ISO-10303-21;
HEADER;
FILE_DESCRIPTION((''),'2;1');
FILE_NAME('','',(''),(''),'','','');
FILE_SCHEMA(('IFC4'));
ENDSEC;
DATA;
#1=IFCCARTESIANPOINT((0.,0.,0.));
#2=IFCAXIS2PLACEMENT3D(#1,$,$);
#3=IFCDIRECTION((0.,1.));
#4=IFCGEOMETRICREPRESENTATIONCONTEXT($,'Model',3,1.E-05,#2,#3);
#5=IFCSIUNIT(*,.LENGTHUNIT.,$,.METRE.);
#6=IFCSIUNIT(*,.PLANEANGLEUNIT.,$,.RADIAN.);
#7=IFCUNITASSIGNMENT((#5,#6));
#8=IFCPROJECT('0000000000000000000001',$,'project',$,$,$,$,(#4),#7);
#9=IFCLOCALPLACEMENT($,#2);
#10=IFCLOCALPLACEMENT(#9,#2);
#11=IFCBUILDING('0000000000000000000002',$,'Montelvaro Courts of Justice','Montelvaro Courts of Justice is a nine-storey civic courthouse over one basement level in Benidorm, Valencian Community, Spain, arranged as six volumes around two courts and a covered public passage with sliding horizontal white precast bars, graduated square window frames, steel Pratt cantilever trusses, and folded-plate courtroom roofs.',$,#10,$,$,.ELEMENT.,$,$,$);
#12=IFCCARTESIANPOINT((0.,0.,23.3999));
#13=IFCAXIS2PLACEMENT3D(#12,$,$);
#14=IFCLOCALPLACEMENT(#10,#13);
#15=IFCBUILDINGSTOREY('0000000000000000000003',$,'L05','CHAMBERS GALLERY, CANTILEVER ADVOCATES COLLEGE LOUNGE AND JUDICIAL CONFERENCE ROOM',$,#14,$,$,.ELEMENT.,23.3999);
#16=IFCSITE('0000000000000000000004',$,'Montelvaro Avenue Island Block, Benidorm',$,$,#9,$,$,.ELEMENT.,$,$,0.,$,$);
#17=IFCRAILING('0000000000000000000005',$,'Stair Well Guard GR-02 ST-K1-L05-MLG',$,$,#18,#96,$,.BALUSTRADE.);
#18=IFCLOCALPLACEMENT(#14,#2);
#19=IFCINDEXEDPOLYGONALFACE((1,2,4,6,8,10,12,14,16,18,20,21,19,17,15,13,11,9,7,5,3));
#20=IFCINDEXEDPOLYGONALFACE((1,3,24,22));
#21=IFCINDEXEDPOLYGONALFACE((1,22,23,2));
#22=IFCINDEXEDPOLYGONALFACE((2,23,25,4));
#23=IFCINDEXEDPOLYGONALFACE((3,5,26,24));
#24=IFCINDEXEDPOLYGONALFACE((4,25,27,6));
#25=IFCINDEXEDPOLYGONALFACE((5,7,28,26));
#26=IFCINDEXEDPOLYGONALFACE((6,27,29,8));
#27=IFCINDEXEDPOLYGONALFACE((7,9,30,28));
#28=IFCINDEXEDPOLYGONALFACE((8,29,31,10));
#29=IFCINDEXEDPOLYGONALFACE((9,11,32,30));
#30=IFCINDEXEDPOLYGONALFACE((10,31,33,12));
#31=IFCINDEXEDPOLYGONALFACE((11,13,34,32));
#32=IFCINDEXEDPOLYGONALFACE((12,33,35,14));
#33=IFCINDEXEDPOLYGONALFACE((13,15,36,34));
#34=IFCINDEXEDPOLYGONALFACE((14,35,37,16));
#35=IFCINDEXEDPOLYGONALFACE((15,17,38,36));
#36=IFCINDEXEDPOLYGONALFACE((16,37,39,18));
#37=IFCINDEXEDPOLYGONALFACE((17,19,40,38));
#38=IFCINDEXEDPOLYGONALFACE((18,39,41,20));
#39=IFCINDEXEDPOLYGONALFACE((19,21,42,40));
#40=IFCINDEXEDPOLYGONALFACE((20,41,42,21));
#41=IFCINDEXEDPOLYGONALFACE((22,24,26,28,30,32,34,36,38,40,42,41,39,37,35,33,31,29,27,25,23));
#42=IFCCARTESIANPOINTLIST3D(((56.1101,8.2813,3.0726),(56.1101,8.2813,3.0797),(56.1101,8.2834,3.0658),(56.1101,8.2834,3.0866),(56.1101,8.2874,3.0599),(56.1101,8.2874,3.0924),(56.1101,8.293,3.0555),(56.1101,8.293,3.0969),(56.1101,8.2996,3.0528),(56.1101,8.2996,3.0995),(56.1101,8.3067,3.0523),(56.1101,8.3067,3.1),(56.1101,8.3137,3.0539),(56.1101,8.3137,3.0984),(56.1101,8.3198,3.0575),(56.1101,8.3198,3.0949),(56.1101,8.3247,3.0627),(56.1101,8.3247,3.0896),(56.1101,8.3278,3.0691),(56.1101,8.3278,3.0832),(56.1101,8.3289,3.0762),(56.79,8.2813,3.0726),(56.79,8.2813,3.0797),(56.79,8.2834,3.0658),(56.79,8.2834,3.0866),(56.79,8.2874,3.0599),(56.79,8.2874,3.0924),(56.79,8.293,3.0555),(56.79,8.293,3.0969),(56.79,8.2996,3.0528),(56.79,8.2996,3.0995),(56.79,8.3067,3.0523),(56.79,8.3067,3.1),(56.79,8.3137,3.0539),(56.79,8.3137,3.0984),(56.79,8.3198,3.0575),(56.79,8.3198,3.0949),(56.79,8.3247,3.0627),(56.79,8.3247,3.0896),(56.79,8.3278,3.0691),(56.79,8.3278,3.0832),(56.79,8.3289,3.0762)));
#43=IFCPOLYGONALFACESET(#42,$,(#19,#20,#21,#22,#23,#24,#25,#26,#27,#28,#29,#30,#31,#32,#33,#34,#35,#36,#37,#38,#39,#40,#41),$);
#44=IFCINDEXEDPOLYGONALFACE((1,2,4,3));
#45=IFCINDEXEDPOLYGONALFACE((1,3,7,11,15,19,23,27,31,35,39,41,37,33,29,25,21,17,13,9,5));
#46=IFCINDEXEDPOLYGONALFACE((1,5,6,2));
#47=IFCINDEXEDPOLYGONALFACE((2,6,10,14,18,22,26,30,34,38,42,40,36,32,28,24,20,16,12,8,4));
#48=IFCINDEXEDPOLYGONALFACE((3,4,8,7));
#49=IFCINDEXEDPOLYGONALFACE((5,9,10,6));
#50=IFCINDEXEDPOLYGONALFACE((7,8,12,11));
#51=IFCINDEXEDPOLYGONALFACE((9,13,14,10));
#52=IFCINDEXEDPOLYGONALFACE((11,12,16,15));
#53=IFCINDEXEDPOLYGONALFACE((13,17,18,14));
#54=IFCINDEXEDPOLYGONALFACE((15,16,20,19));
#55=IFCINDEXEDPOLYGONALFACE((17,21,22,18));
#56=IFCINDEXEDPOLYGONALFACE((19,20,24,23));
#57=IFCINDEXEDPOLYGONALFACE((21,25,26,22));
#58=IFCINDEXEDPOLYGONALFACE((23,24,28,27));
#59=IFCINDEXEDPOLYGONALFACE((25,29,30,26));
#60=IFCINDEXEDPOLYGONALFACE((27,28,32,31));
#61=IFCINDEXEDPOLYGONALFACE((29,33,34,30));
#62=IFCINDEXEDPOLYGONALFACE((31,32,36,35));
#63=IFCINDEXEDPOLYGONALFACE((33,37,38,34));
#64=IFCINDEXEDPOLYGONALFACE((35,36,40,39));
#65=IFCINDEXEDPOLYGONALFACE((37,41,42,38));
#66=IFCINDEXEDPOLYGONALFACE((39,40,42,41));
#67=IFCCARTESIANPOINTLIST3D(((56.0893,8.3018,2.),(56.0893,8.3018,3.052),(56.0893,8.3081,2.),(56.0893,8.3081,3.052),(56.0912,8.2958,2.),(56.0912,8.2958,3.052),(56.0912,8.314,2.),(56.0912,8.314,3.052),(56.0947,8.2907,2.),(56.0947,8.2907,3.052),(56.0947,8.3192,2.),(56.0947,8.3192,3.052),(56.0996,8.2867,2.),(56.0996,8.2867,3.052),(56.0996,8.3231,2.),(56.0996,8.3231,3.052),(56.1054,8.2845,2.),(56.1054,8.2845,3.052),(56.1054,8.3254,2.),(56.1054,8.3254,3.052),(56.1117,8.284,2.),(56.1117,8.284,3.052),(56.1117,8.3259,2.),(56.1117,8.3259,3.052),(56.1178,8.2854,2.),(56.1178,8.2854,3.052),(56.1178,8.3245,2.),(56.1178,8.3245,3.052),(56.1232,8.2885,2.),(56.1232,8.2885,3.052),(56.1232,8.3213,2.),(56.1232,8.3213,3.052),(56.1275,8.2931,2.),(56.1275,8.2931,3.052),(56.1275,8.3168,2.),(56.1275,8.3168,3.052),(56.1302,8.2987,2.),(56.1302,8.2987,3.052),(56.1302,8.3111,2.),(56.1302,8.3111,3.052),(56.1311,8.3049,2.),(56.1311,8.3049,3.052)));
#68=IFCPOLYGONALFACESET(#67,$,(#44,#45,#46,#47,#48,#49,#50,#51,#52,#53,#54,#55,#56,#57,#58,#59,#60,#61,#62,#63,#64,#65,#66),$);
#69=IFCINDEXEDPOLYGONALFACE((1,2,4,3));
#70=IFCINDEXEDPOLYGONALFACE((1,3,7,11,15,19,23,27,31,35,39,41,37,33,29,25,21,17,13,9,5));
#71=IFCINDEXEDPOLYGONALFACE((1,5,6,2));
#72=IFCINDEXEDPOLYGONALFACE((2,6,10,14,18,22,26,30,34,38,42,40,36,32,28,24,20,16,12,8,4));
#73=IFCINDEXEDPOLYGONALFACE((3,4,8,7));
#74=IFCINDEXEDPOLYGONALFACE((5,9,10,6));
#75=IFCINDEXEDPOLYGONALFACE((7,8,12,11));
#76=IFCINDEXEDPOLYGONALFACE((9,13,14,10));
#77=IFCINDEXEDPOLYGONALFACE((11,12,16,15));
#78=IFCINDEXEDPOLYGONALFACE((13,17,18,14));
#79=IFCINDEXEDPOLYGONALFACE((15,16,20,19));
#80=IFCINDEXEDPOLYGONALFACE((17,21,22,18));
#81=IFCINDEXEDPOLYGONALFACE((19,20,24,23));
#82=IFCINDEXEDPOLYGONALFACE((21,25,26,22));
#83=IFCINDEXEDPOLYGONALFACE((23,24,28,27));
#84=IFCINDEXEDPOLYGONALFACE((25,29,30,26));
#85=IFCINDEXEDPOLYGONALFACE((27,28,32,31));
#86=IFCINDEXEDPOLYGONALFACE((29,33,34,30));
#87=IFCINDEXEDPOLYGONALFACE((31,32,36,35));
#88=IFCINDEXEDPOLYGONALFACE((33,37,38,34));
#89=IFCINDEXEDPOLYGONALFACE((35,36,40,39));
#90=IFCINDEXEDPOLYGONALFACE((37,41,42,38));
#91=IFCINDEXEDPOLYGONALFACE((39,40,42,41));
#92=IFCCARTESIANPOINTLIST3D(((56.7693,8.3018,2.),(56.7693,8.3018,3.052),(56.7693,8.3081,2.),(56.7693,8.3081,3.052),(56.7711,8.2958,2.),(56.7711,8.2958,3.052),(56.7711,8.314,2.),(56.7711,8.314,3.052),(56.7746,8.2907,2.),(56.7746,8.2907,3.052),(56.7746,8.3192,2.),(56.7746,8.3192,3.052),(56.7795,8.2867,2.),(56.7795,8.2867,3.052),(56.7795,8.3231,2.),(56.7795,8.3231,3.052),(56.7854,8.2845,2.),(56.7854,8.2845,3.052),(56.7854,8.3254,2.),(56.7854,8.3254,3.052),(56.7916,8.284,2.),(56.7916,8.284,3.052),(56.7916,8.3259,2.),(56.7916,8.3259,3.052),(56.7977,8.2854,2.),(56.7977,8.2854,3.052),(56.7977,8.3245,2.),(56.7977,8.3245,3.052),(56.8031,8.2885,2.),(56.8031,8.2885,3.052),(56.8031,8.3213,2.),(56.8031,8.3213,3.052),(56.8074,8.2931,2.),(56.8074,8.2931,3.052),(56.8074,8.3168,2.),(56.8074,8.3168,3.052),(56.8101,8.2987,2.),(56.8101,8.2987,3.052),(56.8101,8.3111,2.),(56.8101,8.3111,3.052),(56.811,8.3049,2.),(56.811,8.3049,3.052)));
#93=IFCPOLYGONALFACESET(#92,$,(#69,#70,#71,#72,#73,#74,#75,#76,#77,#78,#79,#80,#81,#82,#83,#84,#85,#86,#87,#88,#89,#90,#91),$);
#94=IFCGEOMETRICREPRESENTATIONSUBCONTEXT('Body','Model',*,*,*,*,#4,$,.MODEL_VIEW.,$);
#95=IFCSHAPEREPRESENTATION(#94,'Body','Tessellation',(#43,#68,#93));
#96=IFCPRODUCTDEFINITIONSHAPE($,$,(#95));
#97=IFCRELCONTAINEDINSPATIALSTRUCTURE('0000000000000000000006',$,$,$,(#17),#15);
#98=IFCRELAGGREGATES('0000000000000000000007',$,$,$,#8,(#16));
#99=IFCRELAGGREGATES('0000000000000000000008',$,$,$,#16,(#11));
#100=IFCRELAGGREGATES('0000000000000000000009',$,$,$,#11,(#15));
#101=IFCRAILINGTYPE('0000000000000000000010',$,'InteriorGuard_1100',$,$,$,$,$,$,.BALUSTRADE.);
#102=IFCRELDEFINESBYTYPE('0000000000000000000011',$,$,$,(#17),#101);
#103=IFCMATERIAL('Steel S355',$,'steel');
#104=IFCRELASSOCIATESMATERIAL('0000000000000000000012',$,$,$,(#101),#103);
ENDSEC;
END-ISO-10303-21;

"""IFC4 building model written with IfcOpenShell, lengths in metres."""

from ifc_helpers import new_model, si_unit, direction, frame, origin, origin_2d, place, context, subcontext, project, spatial, circle, extrude, material, type_object, element, save


model = new_model("IFC4")

# Units and contexts
model_context = context("Model", 3, precision=1e-05, world=origin(), true_north=direction((0.0, 1.0)))
body_context = subcontext(model_context, "Body", "Model", "MODEL_VIEW")
ifc_project = project(units=[si_unit("LENGTHUNIT", "METRE"), si_unit("PLANEANGLEUNIT", "RADIAN")], contexts=[model_context])

# Site, building, storey
site_placement = place(None, origin())
site = spatial("IfcSite", under=ifc_project, at=site_placement, Name="Montelvaro Avenue Island Block, Benidorm", CompositionType="ELEMENT", RefElevation=0.0)
building_placement = place(site_placement, origin())
building = spatial("IfcBuilding", under=site, at=building_placement, Name="Montelvaro Courts of Justice", Description="Montelvaro Courts of Justice is a nine-storey civic courthouse over one basement level in Benidorm, Valencian Community, Spain, arranged as six volumes around two courts and a covered public passage with sliding horizontal white precast bars, graduated square window frames, steel Pratt cantilever trusses, and folded-plate courtroom roofs.", CompositionType="ELEMENT")
storey_placement = place(building_placement, frame((0.0, 0.0, 23.3999)))
storey = spatial("IfcBuildingStorey", under=building, at=storey_placement, Name="L05", Description="CHAMBERS GALLERY, CANTILEVER ADVOCATES COLLEGE LOUNGE AND JUDICIAL CONFERENCE ROOM", CompositionType="ELEMENT", Elevation=23.3999)

# Railing
ifc_material_1 = material(Name="Steel S355", Category="steel")
railing_type_1 = type_object("IfcRailingType", Name="InteriorGuard_1100", PredefinedType="BALUSTRADE", material=ifc_material_1)
railing_1_placement = place(storey_placement, frame((56.1101, 8.3049, 2.0)))
element("IfcRailing", 1, at=railing_1_placement, inside=storey, type_object=railing_type_1, Name="Stair Well Guard GR-02 ST-K1-L05-MLG", PredefinedType="BALUSTRADE", context=body_context, shape_type="SweptSolid", body=[
    extrude(circle(Radius=0.0239, at=origin_2d()), frame((0.0, 0.0, 1.0762), z_axis=(1.0, 0.0, 0.0), x_axis=(0.0, 1.0, 0.0)), (0.0, 0.0, 1.0), 0.6799),
    extrude(circle(Radius=0.021, at=origin_2d()), origin(), (0.0, 0.0, 1.0), 1.052),
    extrude(circle(Radius=0.021, at=origin_2d()), frame((0.6799, 0.0, 0.0)), (0.0, 0.0, 1.0), 1.052),
])

save(model, "model.ifc")
